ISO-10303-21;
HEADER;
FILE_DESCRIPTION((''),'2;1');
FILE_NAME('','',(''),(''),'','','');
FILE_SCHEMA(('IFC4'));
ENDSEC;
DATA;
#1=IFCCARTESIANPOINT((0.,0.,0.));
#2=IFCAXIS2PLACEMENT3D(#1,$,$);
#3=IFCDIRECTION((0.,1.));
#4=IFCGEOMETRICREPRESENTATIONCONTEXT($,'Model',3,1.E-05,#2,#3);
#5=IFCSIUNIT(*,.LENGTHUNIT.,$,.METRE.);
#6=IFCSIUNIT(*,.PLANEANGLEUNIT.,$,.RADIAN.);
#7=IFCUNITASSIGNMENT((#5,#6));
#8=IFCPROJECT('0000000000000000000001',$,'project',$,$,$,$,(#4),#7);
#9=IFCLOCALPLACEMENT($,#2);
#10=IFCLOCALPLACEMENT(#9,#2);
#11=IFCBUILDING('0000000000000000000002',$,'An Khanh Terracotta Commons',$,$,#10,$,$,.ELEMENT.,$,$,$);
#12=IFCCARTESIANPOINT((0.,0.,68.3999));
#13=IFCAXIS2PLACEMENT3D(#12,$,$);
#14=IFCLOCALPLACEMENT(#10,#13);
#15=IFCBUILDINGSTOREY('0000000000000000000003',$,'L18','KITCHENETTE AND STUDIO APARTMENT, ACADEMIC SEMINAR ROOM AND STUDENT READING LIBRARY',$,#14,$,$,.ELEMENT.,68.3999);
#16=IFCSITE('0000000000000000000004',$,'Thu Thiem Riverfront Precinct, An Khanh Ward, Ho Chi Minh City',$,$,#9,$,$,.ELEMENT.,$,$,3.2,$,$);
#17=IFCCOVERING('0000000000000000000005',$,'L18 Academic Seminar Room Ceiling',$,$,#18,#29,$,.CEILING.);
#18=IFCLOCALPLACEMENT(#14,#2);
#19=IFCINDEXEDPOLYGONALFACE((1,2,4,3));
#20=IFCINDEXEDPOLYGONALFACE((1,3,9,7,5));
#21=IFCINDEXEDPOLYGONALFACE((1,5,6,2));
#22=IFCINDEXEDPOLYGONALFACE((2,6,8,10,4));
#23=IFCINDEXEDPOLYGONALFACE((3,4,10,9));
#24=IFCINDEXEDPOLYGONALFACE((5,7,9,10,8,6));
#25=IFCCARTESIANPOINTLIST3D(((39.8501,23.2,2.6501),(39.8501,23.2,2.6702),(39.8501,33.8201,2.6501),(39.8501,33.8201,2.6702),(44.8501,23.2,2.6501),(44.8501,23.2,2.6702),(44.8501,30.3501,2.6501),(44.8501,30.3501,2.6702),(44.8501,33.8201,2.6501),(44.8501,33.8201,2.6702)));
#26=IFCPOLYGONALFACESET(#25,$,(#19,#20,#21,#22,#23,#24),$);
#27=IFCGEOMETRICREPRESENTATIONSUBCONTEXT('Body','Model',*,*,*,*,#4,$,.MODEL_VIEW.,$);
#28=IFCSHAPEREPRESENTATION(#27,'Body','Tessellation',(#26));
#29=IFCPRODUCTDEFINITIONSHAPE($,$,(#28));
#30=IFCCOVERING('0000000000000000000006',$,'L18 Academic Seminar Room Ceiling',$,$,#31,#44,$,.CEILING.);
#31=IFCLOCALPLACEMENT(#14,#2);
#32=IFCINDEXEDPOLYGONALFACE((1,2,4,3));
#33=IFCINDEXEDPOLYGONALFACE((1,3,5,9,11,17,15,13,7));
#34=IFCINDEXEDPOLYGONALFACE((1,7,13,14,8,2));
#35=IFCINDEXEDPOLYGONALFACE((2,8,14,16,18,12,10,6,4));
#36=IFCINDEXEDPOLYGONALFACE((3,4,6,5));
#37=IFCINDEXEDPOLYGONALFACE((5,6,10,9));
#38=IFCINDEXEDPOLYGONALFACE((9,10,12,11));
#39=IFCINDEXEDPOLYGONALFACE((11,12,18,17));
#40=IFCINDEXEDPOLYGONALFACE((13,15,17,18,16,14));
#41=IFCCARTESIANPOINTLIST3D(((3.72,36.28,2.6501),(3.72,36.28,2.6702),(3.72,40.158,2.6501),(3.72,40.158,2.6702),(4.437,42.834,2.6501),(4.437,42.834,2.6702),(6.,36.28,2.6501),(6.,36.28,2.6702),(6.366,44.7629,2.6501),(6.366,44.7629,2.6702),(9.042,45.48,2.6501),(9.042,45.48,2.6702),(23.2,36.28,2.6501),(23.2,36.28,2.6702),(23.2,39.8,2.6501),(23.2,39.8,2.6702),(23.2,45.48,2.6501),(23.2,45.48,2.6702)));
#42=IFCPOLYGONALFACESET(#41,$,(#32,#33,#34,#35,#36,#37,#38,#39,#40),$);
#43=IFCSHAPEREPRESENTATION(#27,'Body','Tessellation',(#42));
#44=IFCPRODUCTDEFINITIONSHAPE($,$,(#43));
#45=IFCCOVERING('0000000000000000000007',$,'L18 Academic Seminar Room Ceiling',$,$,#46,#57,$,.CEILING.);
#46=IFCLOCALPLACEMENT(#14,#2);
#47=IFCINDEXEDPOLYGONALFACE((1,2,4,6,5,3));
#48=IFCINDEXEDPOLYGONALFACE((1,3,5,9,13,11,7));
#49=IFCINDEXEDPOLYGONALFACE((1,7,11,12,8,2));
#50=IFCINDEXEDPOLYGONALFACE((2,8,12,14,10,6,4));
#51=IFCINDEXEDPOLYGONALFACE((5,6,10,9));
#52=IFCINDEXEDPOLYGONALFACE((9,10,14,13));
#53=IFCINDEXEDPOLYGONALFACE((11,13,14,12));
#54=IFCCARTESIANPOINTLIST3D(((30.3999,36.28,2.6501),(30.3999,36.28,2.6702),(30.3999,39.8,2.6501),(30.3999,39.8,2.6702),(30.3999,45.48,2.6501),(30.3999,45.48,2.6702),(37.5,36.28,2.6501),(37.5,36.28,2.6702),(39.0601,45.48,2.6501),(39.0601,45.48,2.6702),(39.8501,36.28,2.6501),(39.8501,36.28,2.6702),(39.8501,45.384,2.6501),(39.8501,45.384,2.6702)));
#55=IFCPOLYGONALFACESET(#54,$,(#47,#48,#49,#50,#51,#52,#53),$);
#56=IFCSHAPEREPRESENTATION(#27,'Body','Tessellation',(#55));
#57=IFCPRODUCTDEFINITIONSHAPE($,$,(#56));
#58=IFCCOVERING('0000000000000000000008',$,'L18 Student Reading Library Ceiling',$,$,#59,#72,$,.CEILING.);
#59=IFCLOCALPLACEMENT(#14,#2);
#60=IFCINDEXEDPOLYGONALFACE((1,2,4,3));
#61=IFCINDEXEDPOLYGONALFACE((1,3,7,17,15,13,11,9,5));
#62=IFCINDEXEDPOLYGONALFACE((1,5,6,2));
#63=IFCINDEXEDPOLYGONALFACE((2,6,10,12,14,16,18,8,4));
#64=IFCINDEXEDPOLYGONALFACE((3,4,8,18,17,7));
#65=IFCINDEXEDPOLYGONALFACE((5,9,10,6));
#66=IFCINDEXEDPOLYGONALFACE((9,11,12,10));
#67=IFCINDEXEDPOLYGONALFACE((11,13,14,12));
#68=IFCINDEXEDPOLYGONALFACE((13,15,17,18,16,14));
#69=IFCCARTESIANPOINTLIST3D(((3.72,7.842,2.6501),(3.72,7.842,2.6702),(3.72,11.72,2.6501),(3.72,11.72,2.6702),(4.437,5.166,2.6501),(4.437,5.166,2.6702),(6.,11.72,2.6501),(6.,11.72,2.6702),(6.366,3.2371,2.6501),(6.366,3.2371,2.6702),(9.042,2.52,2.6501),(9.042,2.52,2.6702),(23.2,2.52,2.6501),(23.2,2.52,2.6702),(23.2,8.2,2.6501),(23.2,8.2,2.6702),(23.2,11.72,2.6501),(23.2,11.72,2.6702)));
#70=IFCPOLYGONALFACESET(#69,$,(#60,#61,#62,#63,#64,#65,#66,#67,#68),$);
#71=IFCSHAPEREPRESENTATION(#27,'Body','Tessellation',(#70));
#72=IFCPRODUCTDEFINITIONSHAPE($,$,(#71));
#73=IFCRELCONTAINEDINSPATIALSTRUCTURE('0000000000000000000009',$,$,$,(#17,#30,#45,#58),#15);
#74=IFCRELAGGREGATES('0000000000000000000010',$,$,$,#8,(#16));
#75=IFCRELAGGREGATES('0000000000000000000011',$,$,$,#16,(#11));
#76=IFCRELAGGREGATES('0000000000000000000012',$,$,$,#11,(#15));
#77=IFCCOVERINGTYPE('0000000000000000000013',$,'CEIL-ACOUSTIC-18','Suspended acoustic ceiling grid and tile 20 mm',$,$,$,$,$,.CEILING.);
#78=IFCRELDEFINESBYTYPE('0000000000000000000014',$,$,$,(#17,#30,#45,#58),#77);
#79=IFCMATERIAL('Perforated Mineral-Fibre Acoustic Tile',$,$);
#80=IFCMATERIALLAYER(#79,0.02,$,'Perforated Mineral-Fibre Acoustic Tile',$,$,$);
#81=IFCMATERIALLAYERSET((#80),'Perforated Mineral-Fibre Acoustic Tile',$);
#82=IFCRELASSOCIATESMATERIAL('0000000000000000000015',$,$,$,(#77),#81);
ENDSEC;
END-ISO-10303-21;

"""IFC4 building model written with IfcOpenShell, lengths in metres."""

from ifc_helpers import new_model, si_unit, direction, frame, origin, place, context, subcontext, project, spatial, polyline, outline, extrude, material, layer, layer_set, type_object, element, save


model = new_model("IFC4")

# Units and contexts
model_context = context("Model", 3, precision=1e-05, world=origin(), true_north=direction((0.0, 1.0)))
body_context = subcontext(model_context, "Body", "Model", "MODEL_VIEW")
ifc_project = project(units=[si_unit("LENGTHUNIT", "METRE"), si_unit("PLANEANGLEUNIT", "RADIAN")], contexts=[model_context])

# Site, building, storey
site_placement = place(None, origin())
site = spatial("IfcSite", under=ifc_project, at=site_placement, Name="Thu Thiem Riverfront Precinct, An Khanh Ward, Ho Chi Minh City", CompositionType="ELEMENT", RefElevation=3.2)
building_placement = place(site_placement, origin())
building = spatial("IfcBuilding", under=site, at=building_placement, Name="An Khanh Terracotta Commons", CompositionType="ELEMENT")
storey_placement = place(building_placement, frame((0.0, 0.0, 68.3999)))
storey = spatial("IfcBuildingStorey", under=building, at=storey_placement, Name="L18", Description="KITCHENETTE AND STUDIO APARTMENT, ACADEMIC SEMINAR ROOM AND STUDENT READING LIBRARY", CompositionType="ELEMENT", Elevation=68.3999)

# Coverings
ifc_material_1 = material(Name="Perforated Mineral-Fibre Acoustic Tile")
ifc_layer_1 = layer(ifc_material_1, 0.02, Name="Perforated Mineral-Fibre Acoustic Tile")
ifc_layer_set_1 = layer_set([ifc_layer_1], Name="Perforated Mineral-Fibre Acoustic Tile")
covering_type = type_object("IfcCoveringType", Name="CEIL-ACOUSTIC-18", Description="Suspended acoustic ceiling grid and tile 20 mm", PredefinedType="CEILING", material=ifc_layer_set_1)
covering_1_placement = place(storey_placement, frame((0.0, 0.0, 2.6501)))
element("IfcCovering", 1, at=covering_1_placement, inside=storey, type_object=covering_type, Name="L18 Academic Seminar Room Ceiling", PredefinedType="CEILING", context=body_context, shape_type="SweptSolid", body=[
    extrude(outline(polyline([(39.8501, 33.8201), (44.8501, 33.8201), (44.8501, 30.3501), (44.8501, 23.2), (39.8501, 23.2), (39.8501, 33.8201)])), origin(), (0.0, 0.0, 1.0), 0.02),
])
covering_2_placement = place(storey_placement, frame((0.0, 0.0, 2.6501)))
element("IfcCovering", 2, at=covering_2_placement, inside=storey, type_object=covering_type, Name="L18 Academic Seminar Room Ceiling", PredefinedType="CEILING", context=body_context, shape_type="SweptSolid", body=[
    extrude(outline(polyline([(23.2, 45.48), (23.2, 39.8), (23.2, 36.28), (6.0, 36.28), (3.72, 36.28), (3.72, 40.158), (4.437, 42.834), (6.366, 44.7629), (9.042, 45.48), (23.2, 45.48)])), origin(), (0.0, 0.0, 1.0), 0.02),
])
covering_3_placement = place(storey_placement, frame((0.0, 0.0, 2.6501)))
element("IfcCovering", 3, at=covering_3_placement, inside=storey, type_object=covering_type, Name="L18 Academic Seminar Room Ceiling", PredefinedType="CEILING", context=body_context, shape_type="SweptSolid", body=[
    extrude(outline(polyline([(39.0601, 45.48), (39.8501, 45.384), (39.8501, 36.28), (37.5, 36.28), (30.3999, 36.28), (30.3999, 39.8), (30.3999, 45.48), (39.0601, 45.48)])), origin(), (0.0, 0.0, 1.0), 0.02),
])
covering_4_placement = place(storey_placement, frame((0.0, 0.0, 2.6501)))
element("IfcCovering", 4, at=covering_4_placement, inside=storey, type_object=covering_type, Name="L18 Student Reading Library Ceiling", PredefinedType="CEILING", context=body_context, shape_type="SweptSolid", body=[
    extrude(outline(polyline([(9.042, 2.52), (6.366, 3.2371), (4.437, 5.166), (3.72, 7.842), (3.72, 11.72), (6.0, 11.72), (23.2, 11.72), (23.2, 8.2), (23.2, 2.52), (9.042, 2.52)])), origin(), (0.0, 0.0, 1.0), 0.02),
])

save(model, "model.ifc")
